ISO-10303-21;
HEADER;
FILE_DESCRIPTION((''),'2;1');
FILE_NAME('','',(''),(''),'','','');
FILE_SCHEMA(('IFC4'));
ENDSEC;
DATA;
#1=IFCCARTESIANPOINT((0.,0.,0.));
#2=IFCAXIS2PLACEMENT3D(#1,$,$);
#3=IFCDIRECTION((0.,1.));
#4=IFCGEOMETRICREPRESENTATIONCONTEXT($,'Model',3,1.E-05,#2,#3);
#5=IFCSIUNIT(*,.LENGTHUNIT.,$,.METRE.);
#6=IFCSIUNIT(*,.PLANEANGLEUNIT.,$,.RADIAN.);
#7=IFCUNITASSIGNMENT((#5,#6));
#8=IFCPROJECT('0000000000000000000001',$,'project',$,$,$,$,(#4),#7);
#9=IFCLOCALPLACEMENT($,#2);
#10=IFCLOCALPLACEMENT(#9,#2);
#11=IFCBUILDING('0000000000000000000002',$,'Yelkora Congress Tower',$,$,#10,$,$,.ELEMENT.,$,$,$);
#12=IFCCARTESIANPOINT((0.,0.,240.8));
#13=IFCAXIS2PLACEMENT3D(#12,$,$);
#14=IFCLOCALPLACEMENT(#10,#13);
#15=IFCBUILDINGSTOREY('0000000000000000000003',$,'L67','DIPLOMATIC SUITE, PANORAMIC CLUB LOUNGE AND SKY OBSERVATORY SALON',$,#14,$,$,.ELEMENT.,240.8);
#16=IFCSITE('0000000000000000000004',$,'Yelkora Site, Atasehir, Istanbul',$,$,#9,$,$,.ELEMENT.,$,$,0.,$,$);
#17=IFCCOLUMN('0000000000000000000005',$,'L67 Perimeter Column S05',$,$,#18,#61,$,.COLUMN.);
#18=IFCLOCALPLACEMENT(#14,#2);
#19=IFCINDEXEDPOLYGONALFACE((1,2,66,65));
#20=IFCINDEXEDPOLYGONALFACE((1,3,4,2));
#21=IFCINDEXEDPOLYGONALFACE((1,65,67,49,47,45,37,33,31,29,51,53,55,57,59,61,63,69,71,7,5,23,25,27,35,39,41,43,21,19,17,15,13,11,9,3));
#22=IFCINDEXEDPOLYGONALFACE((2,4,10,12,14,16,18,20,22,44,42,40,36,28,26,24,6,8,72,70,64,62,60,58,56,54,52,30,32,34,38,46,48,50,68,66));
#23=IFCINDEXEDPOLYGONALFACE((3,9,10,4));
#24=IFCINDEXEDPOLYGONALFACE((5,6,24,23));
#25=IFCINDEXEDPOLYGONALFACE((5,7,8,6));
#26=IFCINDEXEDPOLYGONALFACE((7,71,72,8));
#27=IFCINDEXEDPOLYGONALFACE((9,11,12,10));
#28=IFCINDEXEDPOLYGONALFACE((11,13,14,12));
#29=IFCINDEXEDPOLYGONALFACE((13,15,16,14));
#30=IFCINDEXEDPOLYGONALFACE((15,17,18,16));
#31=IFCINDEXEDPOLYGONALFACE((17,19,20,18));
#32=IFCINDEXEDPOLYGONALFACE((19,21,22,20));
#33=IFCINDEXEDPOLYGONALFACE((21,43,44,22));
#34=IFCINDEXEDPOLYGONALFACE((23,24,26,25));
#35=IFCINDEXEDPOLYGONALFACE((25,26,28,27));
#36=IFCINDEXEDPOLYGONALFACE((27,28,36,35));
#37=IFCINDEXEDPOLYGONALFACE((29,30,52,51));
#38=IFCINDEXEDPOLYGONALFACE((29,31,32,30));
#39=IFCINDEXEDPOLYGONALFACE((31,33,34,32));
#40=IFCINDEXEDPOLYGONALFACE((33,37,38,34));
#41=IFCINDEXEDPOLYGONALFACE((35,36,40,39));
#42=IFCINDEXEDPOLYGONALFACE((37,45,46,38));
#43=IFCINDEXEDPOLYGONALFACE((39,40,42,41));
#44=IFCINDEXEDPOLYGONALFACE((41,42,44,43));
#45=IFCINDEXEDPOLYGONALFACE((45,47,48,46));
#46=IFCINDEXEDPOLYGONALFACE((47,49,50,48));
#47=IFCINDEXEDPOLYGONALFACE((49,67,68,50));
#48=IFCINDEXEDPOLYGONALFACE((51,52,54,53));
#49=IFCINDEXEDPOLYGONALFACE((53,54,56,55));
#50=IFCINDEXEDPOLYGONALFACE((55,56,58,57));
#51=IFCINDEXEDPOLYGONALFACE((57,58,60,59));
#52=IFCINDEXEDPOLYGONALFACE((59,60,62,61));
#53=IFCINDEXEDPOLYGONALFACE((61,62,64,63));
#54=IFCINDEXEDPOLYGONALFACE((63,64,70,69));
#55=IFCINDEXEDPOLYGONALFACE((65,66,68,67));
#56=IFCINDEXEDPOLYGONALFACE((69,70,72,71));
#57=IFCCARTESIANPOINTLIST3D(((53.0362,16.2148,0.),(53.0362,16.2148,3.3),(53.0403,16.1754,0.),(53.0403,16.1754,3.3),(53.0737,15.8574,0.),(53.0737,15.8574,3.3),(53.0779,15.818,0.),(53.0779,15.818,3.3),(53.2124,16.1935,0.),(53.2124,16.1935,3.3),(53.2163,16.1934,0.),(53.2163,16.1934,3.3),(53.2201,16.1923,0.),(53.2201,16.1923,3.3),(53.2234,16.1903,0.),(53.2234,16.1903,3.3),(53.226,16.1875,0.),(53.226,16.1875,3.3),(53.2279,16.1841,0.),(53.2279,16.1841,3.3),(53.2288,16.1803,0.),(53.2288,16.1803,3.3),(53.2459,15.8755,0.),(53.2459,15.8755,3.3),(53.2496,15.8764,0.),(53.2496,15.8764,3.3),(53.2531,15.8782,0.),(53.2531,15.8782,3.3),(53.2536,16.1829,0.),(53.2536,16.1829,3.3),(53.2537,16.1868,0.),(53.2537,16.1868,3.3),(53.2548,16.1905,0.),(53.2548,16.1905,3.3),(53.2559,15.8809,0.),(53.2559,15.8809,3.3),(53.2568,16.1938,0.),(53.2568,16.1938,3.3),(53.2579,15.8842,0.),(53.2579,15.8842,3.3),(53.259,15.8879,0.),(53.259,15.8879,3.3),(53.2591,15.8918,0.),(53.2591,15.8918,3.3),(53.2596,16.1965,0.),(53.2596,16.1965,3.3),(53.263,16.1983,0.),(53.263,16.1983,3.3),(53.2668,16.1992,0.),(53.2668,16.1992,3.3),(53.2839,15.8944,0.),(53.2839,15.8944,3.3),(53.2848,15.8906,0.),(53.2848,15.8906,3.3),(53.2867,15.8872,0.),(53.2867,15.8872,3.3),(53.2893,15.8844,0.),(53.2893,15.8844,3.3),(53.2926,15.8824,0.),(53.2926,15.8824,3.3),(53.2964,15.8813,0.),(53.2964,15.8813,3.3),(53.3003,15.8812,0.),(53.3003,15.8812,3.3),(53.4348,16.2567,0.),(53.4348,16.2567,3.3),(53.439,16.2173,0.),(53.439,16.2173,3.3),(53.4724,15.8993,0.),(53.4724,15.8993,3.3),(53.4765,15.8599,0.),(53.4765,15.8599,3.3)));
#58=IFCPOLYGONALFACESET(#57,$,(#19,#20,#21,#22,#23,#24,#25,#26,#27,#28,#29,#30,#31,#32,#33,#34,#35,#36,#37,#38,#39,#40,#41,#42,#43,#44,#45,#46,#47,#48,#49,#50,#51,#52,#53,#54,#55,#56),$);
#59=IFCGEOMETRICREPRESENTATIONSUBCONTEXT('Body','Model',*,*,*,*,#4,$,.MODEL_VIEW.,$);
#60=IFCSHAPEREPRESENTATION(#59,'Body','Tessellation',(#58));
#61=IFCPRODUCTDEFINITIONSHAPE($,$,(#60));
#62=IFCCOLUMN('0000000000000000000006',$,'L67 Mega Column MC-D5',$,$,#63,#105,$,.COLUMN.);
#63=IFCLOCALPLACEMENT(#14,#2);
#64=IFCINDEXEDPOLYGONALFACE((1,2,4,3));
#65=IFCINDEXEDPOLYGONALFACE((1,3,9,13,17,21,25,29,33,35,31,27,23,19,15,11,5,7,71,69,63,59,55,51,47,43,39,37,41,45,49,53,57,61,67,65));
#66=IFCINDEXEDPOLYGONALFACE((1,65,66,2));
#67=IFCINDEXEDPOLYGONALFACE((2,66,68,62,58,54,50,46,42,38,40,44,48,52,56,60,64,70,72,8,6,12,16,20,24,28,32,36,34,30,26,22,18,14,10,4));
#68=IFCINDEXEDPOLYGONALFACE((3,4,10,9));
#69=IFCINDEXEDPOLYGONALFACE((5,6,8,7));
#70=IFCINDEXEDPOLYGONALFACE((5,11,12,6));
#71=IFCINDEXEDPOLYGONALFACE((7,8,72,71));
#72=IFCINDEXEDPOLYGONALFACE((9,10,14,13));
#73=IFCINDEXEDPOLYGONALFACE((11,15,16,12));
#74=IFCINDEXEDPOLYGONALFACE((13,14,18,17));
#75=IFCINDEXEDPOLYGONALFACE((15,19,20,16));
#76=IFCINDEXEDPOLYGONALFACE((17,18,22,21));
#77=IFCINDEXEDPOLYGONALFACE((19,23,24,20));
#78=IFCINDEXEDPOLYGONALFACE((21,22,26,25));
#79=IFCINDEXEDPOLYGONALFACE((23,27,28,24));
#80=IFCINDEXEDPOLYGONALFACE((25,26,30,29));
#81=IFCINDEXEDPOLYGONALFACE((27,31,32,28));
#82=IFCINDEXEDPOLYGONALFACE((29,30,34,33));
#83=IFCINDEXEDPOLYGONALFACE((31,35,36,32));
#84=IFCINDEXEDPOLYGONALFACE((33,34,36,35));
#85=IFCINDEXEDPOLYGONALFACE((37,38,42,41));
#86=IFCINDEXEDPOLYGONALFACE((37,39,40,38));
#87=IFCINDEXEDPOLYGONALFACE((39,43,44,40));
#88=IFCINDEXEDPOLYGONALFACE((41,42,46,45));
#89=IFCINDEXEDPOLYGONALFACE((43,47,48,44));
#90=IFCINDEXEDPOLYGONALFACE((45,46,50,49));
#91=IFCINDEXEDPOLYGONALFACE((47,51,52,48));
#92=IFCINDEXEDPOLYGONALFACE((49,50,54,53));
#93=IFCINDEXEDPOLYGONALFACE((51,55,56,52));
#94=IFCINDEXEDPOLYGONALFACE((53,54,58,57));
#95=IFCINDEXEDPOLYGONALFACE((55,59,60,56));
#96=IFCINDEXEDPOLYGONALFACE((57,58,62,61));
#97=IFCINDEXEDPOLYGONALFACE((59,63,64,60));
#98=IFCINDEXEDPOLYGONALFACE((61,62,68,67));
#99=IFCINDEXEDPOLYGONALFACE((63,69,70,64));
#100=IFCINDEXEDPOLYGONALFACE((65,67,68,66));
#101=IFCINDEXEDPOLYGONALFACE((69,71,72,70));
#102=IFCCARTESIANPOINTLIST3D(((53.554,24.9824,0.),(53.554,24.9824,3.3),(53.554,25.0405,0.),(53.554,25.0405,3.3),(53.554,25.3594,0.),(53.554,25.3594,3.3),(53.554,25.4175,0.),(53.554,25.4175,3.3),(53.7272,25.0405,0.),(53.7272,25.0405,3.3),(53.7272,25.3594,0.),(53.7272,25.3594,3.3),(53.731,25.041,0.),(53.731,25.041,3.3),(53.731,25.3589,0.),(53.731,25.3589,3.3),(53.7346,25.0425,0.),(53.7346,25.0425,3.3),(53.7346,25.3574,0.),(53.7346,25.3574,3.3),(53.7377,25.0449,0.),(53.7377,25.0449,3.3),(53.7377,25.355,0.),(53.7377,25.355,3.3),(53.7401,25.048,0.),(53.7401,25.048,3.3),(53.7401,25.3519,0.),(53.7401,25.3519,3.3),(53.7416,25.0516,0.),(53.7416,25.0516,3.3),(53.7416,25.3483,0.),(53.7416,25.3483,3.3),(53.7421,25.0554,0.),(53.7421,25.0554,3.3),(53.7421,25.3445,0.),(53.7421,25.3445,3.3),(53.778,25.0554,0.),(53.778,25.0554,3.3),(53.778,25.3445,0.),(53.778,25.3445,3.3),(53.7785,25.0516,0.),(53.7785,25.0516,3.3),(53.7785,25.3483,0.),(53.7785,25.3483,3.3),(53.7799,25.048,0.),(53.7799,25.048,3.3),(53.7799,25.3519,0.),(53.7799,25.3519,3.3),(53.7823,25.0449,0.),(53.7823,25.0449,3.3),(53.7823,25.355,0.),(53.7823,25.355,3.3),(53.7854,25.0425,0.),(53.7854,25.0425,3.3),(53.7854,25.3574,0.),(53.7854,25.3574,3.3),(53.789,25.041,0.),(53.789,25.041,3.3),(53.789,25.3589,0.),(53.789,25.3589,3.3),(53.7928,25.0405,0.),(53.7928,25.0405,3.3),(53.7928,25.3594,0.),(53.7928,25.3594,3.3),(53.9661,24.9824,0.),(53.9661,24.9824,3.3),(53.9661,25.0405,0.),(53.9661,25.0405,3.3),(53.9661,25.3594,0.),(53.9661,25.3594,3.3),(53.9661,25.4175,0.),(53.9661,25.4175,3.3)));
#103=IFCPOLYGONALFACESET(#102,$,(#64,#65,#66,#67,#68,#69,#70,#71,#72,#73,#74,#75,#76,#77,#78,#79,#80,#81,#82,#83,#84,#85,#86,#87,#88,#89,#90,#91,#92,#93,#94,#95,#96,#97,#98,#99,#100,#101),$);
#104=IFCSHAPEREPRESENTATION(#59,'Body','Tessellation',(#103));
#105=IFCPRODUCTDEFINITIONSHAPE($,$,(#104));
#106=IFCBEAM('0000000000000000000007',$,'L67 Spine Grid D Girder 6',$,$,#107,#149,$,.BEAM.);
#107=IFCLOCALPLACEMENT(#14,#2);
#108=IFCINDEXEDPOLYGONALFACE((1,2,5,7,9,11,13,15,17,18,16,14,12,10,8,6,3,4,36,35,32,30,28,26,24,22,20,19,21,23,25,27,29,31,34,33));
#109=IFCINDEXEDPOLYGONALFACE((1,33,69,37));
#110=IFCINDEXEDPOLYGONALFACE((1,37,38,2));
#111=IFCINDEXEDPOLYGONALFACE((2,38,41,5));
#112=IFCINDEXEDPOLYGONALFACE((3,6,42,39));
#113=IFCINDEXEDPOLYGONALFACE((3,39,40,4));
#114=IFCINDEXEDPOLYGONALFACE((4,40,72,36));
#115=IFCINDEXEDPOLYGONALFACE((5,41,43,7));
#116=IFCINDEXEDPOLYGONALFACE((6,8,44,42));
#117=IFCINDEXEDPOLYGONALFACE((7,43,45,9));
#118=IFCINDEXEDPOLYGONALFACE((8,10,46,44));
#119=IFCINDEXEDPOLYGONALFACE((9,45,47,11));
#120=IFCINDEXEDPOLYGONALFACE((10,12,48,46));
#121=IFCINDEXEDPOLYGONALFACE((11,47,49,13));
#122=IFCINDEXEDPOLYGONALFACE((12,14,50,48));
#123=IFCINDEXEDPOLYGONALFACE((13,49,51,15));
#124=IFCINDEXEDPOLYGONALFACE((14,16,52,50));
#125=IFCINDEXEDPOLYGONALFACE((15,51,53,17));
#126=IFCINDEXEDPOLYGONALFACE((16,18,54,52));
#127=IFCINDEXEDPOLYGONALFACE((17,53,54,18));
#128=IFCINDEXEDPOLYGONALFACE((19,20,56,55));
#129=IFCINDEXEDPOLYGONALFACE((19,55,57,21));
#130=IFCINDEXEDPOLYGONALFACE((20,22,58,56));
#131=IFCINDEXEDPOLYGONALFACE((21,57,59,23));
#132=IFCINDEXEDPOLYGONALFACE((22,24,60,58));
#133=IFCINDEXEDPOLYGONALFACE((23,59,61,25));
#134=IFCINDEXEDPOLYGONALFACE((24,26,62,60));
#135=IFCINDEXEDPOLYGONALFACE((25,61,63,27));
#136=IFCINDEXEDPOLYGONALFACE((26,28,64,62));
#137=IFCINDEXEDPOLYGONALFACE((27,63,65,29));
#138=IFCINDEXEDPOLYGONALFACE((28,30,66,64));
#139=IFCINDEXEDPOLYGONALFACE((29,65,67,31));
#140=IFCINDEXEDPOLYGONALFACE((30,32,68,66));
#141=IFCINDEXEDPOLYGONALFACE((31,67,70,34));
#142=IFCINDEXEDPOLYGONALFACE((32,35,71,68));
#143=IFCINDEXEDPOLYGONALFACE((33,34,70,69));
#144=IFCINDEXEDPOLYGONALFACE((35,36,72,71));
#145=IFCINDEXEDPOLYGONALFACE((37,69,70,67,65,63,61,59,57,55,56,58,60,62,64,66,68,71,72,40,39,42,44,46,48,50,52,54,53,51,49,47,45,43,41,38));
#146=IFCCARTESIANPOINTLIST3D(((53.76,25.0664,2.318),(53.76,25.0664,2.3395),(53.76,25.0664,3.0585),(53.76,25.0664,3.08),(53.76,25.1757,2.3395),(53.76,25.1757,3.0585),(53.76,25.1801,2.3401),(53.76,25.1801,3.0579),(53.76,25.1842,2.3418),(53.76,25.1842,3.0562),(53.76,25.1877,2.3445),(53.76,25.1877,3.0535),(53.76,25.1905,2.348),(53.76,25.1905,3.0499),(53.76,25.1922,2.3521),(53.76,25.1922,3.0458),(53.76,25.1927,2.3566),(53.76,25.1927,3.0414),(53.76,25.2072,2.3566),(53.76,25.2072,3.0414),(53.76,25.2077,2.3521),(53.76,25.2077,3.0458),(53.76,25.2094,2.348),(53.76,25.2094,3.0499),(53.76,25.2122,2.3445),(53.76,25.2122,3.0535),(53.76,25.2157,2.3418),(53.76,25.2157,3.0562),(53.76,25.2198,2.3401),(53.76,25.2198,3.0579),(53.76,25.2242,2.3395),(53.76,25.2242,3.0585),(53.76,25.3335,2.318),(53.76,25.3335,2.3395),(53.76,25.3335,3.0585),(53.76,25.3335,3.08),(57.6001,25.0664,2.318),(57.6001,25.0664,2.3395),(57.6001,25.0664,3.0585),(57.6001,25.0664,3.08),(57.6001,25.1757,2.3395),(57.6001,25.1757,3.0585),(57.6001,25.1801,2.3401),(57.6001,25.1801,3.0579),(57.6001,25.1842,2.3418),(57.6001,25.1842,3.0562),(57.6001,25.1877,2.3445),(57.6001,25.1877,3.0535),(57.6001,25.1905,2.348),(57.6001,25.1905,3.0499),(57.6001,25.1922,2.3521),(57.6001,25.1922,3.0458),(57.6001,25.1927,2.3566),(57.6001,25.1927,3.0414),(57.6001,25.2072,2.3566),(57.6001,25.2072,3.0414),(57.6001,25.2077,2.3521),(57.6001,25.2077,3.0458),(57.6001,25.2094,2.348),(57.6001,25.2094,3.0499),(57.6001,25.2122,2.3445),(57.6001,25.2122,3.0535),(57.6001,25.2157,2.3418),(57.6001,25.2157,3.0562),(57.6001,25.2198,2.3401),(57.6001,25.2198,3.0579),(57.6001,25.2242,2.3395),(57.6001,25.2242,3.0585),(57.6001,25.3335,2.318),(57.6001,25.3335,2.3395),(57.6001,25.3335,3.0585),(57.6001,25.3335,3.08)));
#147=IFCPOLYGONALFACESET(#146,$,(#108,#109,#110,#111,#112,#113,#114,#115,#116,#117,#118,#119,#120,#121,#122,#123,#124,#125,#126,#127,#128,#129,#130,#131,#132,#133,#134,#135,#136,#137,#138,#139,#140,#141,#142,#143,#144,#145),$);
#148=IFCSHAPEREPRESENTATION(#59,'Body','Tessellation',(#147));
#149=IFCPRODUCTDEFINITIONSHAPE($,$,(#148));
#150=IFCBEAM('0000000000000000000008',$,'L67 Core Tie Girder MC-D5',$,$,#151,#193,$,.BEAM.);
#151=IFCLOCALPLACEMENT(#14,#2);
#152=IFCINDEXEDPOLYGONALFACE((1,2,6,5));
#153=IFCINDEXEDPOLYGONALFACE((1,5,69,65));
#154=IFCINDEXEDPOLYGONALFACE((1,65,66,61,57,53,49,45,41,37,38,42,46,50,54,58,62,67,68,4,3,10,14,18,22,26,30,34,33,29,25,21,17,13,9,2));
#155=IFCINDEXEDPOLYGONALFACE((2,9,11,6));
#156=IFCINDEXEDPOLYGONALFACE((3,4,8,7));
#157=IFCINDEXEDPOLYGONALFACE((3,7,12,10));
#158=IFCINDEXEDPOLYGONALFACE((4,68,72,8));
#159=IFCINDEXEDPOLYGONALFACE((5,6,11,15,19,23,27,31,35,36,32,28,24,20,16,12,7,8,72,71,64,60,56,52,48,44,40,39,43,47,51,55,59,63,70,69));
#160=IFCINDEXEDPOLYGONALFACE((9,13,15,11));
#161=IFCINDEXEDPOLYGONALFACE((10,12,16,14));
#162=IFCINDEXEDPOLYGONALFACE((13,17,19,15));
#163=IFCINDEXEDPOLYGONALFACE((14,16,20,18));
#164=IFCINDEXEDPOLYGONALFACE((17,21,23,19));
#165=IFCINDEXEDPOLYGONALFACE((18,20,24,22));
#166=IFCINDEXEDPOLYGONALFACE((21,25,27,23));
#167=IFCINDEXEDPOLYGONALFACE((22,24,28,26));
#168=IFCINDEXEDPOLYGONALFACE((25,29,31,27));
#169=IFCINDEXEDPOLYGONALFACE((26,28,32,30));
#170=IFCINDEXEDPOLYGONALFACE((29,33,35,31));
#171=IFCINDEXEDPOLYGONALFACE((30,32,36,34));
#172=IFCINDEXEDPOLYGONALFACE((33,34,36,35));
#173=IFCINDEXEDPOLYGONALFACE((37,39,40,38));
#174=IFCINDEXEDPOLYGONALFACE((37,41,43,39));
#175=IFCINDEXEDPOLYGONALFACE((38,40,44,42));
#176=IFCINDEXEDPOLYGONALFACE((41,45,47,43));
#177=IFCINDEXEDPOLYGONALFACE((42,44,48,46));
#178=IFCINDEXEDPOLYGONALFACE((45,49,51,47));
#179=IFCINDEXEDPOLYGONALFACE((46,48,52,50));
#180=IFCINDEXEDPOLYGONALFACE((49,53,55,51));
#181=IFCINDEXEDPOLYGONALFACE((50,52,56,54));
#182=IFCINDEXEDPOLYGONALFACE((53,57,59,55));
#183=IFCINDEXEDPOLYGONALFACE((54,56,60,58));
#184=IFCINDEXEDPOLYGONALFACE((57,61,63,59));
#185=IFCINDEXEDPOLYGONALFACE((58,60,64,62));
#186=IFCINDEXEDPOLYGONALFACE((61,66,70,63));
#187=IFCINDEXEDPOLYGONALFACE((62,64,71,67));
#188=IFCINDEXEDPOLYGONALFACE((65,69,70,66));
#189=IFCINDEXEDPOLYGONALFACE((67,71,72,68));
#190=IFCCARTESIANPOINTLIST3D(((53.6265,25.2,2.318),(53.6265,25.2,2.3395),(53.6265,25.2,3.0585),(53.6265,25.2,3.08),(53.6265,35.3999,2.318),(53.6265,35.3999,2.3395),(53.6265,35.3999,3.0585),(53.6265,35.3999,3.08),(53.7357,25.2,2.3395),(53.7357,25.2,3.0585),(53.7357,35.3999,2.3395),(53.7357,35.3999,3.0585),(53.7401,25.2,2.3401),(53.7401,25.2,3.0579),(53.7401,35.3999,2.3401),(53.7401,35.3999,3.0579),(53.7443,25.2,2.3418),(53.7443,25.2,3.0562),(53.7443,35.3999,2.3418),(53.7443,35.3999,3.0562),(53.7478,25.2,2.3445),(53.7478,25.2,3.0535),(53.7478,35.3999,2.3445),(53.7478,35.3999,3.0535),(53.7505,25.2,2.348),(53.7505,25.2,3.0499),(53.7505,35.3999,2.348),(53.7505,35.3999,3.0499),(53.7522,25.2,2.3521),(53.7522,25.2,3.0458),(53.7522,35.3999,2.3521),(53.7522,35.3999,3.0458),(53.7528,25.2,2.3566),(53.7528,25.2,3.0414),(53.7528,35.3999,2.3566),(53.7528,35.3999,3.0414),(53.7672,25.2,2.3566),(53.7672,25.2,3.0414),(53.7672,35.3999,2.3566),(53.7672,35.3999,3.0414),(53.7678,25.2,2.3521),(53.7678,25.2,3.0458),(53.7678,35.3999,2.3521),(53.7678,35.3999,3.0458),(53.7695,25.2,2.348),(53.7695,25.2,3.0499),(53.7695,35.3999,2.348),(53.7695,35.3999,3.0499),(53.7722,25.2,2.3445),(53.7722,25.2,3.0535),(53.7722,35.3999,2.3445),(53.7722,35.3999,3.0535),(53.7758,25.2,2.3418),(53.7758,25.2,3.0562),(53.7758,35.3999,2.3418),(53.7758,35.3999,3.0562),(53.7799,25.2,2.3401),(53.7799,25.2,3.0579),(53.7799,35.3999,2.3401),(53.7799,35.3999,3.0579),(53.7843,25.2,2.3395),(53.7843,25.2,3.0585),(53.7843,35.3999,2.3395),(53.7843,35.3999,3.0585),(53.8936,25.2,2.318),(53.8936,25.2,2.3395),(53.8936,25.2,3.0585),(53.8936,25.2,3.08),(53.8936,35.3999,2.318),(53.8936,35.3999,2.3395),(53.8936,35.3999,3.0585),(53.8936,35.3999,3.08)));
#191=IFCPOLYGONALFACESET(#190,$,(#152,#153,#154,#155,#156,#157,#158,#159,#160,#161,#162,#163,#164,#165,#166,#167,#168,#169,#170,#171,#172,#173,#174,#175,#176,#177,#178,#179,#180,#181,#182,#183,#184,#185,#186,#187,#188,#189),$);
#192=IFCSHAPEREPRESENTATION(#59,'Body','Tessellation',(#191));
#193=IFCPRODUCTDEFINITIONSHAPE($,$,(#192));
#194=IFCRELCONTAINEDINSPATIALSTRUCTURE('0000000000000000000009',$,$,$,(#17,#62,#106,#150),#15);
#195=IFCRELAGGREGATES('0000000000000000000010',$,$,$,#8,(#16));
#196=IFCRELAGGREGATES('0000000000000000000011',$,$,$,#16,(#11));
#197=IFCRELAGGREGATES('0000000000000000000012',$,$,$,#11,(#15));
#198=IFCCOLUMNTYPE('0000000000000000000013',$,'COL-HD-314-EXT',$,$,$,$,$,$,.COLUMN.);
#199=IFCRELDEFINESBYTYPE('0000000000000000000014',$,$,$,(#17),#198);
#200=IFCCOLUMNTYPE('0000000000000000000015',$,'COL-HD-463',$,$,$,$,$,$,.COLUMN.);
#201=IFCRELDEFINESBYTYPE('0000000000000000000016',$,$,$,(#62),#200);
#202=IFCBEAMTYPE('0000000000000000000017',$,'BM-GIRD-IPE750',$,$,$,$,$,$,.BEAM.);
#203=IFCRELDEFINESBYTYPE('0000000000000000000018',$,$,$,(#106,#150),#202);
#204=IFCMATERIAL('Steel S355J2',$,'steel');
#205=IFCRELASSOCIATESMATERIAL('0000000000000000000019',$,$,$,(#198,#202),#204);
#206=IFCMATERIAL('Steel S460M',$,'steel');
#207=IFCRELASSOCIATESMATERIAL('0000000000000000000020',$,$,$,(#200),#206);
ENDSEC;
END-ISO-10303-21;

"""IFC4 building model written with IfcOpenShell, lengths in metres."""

from ifc_helpers import new_model, si_unit, direction, frame, origin, origin_2d, place, context, subcontext, project, spatial, i_section, extrude, material, material_profile, profile_set, type_object, element, save


model = new_model("IFC4")

# Units and contexts
model_context = context("Model", 3, precision=1e-05, world=origin(), true_north=direction((0.0, 1.0)))
body_context = subcontext(model_context, "Body", "Model", "MODEL_VIEW")
ifc_project = project(units=[si_unit("LENGTHUNIT", "METRE"), si_unit("PLANEANGLEUNIT", "RADIAN")], contexts=[model_context])

# Site, building, storey
site_placement = place(None, origin())
site = spatial("IfcSite", under=ifc_project, at=site_placement, Name="Yelkora Site, Atasehir, Istanbul", CompositionType="ELEMENT", RefElevation=0.0)
building_placement = place(site_placement, origin())
building = spatial("IfcBuilding", under=site, at=building_placement, Name="Yelkora Congress Tower", CompositionType="ELEMENT")
storey_placement = place(building_placement, frame((0.0, 0.0, 240.8)))
storey = spatial("IfcBuildingStorey", under=building, at=storey_placement, Name="L67", Description="DIPLOMATIC SUITE, PANORAMIC CLUB LOUNGE AND SKY OBSERVATORY SALON", CompositionType="ELEMENT", Elevation=240.8)

# Columns
ifc_material_1 = material(Name="Steel S355J2", Category="steel")
ifc_material_profile_1 = material_profile(ifc_material_1, i_section(OverallWidth=0.4009, OverallDepth=0.3989, WebThickness=0.0249, FlangeThickness=0.0396, FilletRadius=0.0149, at=origin_2d()), Name="HD 400x314")
ifc_profile_set_1 = profile_set([ifc_material_profile_1], Name="Steel S355J2")
column_type_1 = type_object("IfcColumnType", Name="COL-HD-314-EXT", PredefinedType="COLUMN", material=ifc_profile_set_1)
column_1_placement = place(storey_placement, frame((53.2563, 16.0374, 0.0), z_axis=(0.0, 0.0, 1.0), x_axis=(0.994522, 0.104528, 0.0)))
element("IfcColumn", 1, at=column_1_placement, inside=storey, type_object=column_type_1, Name="L67 Perimeter Column S05", PredefinedType="COLUMN", context=body_context, shape_type="SweptSolid", body=[
    extrude(i_section(OverallWidth=0.4009, OverallDepth=0.3989, WebThickness=0.0249, FlangeThickness=0.0396, FilletRadius=0.0149, at=origin_2d()), origin(), (0.0, 0.0, 1.0), 3.3),
])
ifc_material_2 = material(Name="Steel S460M", Category="steel")
ifc_material_profile_2 = material_profile(ifc_material_2, i_section(OverallWidth=0.4121, OverallDepth=0.4351, WebThickness=0.0359, FlangeThickness=0.0581, FilletRadius=0.0149, at=origin_2d()), Name="HD 400x463")
ifc_profile_set_2 = profile_set([ifc_material_profile_2], Name="Steel S460M")
column_type_2 = type_object("IfcColumnType", Name="COL-HD-463", PredefinedType="COLUMN", material=ifc_profile_set_2)
column_2_placement = place(storey_placement, frame((53.76, 25.2, 0.0), z_axis=(0.0, 0.0, 1.0), x_axis=(1.0, 0.0, 0.0)))
element("IfcColumn", 2, at=column_2_placement, inside=storey, type_object=column_type_2, Name="L67 Mega Column MC-D5", PredefinedType="COLUMN", context=body_context, shape_type="SweptSolid", body=[
    extrude(i_section(OverallWidth=0.4121, OverallDepth=0.4351, WebThickness=0.0359, FlangeThickness=0.0581, FilletRadius=0.0149, at=origin_2d()), origin(), (0.0, 0.0, 1.0), 3.3),
])

# Beams
ifc_material_profile_3 = material_profile(ifc_material_1, i_section(OverallWidth=0.2671, OverallDepth=0.762, WebThickness=0.0144, FlangeThickness=0.0215, FilletRadius=0.0171, at=origin_2d()), Name="IPE 750x173")
ifc_profile_set_3 = profile_set([ifc_material_profile_3], Name="Steel S355J2")
beam_type_1 = type_object("IfcBeamType", Name="BM-GIRD-IPE750", PredefinedType="BEAM", material=ifc_profile_set_3)
beam_1_placement = place(storey_placement, frame((53.76, 25.2, 2.699), z_axis=(1.0, 0.0, 0.0), x_axis=(0.0, 1.0, 0.0)))
element("IfcBeam", 3, at=beam_1_placement, inside=storey, type_object=beam_type_1, Name="L67 Spine Grid D Girder 6", PredefinedType="BEAM", context=body_context, shape_type="SweptSolid", body=[
    extrude(i_section(OverallWidth=0.2671, OverallDepth=0.762, WebThickness=0.0144, FlangeThickness=0.0215, FilletRadius=0.0171, at=origin_2d()), origin(), (0.0, 0.0, 1.0), 3.8401),
])
beam_2_placement = place(storey_placement, frame((53.76, 25.2, 2.699), z_axis=(0.0, 1.0, 0.0), x_axis=(-1.0, 0.0, 0.0)))
element("IfcBeam", 4, at=beam_2_placement, inside=storey, type_object=beam_type_1, Name="L67 Core Tie Girder MC-D5", PredefinedType="BEAM", context=body_context, shape_type="SweptSolid", body=[
    extrude(i_section(OverallWidth=0.2671, OverallDepth=0.762, WebThickness=0.0144, FlangeThickness=0.0215, FilletRadius=0.0171, at=origin_2d()), origin(), (0.0, 0.0, 1.0), 10.2),
])

save(model, "model.ifc")
